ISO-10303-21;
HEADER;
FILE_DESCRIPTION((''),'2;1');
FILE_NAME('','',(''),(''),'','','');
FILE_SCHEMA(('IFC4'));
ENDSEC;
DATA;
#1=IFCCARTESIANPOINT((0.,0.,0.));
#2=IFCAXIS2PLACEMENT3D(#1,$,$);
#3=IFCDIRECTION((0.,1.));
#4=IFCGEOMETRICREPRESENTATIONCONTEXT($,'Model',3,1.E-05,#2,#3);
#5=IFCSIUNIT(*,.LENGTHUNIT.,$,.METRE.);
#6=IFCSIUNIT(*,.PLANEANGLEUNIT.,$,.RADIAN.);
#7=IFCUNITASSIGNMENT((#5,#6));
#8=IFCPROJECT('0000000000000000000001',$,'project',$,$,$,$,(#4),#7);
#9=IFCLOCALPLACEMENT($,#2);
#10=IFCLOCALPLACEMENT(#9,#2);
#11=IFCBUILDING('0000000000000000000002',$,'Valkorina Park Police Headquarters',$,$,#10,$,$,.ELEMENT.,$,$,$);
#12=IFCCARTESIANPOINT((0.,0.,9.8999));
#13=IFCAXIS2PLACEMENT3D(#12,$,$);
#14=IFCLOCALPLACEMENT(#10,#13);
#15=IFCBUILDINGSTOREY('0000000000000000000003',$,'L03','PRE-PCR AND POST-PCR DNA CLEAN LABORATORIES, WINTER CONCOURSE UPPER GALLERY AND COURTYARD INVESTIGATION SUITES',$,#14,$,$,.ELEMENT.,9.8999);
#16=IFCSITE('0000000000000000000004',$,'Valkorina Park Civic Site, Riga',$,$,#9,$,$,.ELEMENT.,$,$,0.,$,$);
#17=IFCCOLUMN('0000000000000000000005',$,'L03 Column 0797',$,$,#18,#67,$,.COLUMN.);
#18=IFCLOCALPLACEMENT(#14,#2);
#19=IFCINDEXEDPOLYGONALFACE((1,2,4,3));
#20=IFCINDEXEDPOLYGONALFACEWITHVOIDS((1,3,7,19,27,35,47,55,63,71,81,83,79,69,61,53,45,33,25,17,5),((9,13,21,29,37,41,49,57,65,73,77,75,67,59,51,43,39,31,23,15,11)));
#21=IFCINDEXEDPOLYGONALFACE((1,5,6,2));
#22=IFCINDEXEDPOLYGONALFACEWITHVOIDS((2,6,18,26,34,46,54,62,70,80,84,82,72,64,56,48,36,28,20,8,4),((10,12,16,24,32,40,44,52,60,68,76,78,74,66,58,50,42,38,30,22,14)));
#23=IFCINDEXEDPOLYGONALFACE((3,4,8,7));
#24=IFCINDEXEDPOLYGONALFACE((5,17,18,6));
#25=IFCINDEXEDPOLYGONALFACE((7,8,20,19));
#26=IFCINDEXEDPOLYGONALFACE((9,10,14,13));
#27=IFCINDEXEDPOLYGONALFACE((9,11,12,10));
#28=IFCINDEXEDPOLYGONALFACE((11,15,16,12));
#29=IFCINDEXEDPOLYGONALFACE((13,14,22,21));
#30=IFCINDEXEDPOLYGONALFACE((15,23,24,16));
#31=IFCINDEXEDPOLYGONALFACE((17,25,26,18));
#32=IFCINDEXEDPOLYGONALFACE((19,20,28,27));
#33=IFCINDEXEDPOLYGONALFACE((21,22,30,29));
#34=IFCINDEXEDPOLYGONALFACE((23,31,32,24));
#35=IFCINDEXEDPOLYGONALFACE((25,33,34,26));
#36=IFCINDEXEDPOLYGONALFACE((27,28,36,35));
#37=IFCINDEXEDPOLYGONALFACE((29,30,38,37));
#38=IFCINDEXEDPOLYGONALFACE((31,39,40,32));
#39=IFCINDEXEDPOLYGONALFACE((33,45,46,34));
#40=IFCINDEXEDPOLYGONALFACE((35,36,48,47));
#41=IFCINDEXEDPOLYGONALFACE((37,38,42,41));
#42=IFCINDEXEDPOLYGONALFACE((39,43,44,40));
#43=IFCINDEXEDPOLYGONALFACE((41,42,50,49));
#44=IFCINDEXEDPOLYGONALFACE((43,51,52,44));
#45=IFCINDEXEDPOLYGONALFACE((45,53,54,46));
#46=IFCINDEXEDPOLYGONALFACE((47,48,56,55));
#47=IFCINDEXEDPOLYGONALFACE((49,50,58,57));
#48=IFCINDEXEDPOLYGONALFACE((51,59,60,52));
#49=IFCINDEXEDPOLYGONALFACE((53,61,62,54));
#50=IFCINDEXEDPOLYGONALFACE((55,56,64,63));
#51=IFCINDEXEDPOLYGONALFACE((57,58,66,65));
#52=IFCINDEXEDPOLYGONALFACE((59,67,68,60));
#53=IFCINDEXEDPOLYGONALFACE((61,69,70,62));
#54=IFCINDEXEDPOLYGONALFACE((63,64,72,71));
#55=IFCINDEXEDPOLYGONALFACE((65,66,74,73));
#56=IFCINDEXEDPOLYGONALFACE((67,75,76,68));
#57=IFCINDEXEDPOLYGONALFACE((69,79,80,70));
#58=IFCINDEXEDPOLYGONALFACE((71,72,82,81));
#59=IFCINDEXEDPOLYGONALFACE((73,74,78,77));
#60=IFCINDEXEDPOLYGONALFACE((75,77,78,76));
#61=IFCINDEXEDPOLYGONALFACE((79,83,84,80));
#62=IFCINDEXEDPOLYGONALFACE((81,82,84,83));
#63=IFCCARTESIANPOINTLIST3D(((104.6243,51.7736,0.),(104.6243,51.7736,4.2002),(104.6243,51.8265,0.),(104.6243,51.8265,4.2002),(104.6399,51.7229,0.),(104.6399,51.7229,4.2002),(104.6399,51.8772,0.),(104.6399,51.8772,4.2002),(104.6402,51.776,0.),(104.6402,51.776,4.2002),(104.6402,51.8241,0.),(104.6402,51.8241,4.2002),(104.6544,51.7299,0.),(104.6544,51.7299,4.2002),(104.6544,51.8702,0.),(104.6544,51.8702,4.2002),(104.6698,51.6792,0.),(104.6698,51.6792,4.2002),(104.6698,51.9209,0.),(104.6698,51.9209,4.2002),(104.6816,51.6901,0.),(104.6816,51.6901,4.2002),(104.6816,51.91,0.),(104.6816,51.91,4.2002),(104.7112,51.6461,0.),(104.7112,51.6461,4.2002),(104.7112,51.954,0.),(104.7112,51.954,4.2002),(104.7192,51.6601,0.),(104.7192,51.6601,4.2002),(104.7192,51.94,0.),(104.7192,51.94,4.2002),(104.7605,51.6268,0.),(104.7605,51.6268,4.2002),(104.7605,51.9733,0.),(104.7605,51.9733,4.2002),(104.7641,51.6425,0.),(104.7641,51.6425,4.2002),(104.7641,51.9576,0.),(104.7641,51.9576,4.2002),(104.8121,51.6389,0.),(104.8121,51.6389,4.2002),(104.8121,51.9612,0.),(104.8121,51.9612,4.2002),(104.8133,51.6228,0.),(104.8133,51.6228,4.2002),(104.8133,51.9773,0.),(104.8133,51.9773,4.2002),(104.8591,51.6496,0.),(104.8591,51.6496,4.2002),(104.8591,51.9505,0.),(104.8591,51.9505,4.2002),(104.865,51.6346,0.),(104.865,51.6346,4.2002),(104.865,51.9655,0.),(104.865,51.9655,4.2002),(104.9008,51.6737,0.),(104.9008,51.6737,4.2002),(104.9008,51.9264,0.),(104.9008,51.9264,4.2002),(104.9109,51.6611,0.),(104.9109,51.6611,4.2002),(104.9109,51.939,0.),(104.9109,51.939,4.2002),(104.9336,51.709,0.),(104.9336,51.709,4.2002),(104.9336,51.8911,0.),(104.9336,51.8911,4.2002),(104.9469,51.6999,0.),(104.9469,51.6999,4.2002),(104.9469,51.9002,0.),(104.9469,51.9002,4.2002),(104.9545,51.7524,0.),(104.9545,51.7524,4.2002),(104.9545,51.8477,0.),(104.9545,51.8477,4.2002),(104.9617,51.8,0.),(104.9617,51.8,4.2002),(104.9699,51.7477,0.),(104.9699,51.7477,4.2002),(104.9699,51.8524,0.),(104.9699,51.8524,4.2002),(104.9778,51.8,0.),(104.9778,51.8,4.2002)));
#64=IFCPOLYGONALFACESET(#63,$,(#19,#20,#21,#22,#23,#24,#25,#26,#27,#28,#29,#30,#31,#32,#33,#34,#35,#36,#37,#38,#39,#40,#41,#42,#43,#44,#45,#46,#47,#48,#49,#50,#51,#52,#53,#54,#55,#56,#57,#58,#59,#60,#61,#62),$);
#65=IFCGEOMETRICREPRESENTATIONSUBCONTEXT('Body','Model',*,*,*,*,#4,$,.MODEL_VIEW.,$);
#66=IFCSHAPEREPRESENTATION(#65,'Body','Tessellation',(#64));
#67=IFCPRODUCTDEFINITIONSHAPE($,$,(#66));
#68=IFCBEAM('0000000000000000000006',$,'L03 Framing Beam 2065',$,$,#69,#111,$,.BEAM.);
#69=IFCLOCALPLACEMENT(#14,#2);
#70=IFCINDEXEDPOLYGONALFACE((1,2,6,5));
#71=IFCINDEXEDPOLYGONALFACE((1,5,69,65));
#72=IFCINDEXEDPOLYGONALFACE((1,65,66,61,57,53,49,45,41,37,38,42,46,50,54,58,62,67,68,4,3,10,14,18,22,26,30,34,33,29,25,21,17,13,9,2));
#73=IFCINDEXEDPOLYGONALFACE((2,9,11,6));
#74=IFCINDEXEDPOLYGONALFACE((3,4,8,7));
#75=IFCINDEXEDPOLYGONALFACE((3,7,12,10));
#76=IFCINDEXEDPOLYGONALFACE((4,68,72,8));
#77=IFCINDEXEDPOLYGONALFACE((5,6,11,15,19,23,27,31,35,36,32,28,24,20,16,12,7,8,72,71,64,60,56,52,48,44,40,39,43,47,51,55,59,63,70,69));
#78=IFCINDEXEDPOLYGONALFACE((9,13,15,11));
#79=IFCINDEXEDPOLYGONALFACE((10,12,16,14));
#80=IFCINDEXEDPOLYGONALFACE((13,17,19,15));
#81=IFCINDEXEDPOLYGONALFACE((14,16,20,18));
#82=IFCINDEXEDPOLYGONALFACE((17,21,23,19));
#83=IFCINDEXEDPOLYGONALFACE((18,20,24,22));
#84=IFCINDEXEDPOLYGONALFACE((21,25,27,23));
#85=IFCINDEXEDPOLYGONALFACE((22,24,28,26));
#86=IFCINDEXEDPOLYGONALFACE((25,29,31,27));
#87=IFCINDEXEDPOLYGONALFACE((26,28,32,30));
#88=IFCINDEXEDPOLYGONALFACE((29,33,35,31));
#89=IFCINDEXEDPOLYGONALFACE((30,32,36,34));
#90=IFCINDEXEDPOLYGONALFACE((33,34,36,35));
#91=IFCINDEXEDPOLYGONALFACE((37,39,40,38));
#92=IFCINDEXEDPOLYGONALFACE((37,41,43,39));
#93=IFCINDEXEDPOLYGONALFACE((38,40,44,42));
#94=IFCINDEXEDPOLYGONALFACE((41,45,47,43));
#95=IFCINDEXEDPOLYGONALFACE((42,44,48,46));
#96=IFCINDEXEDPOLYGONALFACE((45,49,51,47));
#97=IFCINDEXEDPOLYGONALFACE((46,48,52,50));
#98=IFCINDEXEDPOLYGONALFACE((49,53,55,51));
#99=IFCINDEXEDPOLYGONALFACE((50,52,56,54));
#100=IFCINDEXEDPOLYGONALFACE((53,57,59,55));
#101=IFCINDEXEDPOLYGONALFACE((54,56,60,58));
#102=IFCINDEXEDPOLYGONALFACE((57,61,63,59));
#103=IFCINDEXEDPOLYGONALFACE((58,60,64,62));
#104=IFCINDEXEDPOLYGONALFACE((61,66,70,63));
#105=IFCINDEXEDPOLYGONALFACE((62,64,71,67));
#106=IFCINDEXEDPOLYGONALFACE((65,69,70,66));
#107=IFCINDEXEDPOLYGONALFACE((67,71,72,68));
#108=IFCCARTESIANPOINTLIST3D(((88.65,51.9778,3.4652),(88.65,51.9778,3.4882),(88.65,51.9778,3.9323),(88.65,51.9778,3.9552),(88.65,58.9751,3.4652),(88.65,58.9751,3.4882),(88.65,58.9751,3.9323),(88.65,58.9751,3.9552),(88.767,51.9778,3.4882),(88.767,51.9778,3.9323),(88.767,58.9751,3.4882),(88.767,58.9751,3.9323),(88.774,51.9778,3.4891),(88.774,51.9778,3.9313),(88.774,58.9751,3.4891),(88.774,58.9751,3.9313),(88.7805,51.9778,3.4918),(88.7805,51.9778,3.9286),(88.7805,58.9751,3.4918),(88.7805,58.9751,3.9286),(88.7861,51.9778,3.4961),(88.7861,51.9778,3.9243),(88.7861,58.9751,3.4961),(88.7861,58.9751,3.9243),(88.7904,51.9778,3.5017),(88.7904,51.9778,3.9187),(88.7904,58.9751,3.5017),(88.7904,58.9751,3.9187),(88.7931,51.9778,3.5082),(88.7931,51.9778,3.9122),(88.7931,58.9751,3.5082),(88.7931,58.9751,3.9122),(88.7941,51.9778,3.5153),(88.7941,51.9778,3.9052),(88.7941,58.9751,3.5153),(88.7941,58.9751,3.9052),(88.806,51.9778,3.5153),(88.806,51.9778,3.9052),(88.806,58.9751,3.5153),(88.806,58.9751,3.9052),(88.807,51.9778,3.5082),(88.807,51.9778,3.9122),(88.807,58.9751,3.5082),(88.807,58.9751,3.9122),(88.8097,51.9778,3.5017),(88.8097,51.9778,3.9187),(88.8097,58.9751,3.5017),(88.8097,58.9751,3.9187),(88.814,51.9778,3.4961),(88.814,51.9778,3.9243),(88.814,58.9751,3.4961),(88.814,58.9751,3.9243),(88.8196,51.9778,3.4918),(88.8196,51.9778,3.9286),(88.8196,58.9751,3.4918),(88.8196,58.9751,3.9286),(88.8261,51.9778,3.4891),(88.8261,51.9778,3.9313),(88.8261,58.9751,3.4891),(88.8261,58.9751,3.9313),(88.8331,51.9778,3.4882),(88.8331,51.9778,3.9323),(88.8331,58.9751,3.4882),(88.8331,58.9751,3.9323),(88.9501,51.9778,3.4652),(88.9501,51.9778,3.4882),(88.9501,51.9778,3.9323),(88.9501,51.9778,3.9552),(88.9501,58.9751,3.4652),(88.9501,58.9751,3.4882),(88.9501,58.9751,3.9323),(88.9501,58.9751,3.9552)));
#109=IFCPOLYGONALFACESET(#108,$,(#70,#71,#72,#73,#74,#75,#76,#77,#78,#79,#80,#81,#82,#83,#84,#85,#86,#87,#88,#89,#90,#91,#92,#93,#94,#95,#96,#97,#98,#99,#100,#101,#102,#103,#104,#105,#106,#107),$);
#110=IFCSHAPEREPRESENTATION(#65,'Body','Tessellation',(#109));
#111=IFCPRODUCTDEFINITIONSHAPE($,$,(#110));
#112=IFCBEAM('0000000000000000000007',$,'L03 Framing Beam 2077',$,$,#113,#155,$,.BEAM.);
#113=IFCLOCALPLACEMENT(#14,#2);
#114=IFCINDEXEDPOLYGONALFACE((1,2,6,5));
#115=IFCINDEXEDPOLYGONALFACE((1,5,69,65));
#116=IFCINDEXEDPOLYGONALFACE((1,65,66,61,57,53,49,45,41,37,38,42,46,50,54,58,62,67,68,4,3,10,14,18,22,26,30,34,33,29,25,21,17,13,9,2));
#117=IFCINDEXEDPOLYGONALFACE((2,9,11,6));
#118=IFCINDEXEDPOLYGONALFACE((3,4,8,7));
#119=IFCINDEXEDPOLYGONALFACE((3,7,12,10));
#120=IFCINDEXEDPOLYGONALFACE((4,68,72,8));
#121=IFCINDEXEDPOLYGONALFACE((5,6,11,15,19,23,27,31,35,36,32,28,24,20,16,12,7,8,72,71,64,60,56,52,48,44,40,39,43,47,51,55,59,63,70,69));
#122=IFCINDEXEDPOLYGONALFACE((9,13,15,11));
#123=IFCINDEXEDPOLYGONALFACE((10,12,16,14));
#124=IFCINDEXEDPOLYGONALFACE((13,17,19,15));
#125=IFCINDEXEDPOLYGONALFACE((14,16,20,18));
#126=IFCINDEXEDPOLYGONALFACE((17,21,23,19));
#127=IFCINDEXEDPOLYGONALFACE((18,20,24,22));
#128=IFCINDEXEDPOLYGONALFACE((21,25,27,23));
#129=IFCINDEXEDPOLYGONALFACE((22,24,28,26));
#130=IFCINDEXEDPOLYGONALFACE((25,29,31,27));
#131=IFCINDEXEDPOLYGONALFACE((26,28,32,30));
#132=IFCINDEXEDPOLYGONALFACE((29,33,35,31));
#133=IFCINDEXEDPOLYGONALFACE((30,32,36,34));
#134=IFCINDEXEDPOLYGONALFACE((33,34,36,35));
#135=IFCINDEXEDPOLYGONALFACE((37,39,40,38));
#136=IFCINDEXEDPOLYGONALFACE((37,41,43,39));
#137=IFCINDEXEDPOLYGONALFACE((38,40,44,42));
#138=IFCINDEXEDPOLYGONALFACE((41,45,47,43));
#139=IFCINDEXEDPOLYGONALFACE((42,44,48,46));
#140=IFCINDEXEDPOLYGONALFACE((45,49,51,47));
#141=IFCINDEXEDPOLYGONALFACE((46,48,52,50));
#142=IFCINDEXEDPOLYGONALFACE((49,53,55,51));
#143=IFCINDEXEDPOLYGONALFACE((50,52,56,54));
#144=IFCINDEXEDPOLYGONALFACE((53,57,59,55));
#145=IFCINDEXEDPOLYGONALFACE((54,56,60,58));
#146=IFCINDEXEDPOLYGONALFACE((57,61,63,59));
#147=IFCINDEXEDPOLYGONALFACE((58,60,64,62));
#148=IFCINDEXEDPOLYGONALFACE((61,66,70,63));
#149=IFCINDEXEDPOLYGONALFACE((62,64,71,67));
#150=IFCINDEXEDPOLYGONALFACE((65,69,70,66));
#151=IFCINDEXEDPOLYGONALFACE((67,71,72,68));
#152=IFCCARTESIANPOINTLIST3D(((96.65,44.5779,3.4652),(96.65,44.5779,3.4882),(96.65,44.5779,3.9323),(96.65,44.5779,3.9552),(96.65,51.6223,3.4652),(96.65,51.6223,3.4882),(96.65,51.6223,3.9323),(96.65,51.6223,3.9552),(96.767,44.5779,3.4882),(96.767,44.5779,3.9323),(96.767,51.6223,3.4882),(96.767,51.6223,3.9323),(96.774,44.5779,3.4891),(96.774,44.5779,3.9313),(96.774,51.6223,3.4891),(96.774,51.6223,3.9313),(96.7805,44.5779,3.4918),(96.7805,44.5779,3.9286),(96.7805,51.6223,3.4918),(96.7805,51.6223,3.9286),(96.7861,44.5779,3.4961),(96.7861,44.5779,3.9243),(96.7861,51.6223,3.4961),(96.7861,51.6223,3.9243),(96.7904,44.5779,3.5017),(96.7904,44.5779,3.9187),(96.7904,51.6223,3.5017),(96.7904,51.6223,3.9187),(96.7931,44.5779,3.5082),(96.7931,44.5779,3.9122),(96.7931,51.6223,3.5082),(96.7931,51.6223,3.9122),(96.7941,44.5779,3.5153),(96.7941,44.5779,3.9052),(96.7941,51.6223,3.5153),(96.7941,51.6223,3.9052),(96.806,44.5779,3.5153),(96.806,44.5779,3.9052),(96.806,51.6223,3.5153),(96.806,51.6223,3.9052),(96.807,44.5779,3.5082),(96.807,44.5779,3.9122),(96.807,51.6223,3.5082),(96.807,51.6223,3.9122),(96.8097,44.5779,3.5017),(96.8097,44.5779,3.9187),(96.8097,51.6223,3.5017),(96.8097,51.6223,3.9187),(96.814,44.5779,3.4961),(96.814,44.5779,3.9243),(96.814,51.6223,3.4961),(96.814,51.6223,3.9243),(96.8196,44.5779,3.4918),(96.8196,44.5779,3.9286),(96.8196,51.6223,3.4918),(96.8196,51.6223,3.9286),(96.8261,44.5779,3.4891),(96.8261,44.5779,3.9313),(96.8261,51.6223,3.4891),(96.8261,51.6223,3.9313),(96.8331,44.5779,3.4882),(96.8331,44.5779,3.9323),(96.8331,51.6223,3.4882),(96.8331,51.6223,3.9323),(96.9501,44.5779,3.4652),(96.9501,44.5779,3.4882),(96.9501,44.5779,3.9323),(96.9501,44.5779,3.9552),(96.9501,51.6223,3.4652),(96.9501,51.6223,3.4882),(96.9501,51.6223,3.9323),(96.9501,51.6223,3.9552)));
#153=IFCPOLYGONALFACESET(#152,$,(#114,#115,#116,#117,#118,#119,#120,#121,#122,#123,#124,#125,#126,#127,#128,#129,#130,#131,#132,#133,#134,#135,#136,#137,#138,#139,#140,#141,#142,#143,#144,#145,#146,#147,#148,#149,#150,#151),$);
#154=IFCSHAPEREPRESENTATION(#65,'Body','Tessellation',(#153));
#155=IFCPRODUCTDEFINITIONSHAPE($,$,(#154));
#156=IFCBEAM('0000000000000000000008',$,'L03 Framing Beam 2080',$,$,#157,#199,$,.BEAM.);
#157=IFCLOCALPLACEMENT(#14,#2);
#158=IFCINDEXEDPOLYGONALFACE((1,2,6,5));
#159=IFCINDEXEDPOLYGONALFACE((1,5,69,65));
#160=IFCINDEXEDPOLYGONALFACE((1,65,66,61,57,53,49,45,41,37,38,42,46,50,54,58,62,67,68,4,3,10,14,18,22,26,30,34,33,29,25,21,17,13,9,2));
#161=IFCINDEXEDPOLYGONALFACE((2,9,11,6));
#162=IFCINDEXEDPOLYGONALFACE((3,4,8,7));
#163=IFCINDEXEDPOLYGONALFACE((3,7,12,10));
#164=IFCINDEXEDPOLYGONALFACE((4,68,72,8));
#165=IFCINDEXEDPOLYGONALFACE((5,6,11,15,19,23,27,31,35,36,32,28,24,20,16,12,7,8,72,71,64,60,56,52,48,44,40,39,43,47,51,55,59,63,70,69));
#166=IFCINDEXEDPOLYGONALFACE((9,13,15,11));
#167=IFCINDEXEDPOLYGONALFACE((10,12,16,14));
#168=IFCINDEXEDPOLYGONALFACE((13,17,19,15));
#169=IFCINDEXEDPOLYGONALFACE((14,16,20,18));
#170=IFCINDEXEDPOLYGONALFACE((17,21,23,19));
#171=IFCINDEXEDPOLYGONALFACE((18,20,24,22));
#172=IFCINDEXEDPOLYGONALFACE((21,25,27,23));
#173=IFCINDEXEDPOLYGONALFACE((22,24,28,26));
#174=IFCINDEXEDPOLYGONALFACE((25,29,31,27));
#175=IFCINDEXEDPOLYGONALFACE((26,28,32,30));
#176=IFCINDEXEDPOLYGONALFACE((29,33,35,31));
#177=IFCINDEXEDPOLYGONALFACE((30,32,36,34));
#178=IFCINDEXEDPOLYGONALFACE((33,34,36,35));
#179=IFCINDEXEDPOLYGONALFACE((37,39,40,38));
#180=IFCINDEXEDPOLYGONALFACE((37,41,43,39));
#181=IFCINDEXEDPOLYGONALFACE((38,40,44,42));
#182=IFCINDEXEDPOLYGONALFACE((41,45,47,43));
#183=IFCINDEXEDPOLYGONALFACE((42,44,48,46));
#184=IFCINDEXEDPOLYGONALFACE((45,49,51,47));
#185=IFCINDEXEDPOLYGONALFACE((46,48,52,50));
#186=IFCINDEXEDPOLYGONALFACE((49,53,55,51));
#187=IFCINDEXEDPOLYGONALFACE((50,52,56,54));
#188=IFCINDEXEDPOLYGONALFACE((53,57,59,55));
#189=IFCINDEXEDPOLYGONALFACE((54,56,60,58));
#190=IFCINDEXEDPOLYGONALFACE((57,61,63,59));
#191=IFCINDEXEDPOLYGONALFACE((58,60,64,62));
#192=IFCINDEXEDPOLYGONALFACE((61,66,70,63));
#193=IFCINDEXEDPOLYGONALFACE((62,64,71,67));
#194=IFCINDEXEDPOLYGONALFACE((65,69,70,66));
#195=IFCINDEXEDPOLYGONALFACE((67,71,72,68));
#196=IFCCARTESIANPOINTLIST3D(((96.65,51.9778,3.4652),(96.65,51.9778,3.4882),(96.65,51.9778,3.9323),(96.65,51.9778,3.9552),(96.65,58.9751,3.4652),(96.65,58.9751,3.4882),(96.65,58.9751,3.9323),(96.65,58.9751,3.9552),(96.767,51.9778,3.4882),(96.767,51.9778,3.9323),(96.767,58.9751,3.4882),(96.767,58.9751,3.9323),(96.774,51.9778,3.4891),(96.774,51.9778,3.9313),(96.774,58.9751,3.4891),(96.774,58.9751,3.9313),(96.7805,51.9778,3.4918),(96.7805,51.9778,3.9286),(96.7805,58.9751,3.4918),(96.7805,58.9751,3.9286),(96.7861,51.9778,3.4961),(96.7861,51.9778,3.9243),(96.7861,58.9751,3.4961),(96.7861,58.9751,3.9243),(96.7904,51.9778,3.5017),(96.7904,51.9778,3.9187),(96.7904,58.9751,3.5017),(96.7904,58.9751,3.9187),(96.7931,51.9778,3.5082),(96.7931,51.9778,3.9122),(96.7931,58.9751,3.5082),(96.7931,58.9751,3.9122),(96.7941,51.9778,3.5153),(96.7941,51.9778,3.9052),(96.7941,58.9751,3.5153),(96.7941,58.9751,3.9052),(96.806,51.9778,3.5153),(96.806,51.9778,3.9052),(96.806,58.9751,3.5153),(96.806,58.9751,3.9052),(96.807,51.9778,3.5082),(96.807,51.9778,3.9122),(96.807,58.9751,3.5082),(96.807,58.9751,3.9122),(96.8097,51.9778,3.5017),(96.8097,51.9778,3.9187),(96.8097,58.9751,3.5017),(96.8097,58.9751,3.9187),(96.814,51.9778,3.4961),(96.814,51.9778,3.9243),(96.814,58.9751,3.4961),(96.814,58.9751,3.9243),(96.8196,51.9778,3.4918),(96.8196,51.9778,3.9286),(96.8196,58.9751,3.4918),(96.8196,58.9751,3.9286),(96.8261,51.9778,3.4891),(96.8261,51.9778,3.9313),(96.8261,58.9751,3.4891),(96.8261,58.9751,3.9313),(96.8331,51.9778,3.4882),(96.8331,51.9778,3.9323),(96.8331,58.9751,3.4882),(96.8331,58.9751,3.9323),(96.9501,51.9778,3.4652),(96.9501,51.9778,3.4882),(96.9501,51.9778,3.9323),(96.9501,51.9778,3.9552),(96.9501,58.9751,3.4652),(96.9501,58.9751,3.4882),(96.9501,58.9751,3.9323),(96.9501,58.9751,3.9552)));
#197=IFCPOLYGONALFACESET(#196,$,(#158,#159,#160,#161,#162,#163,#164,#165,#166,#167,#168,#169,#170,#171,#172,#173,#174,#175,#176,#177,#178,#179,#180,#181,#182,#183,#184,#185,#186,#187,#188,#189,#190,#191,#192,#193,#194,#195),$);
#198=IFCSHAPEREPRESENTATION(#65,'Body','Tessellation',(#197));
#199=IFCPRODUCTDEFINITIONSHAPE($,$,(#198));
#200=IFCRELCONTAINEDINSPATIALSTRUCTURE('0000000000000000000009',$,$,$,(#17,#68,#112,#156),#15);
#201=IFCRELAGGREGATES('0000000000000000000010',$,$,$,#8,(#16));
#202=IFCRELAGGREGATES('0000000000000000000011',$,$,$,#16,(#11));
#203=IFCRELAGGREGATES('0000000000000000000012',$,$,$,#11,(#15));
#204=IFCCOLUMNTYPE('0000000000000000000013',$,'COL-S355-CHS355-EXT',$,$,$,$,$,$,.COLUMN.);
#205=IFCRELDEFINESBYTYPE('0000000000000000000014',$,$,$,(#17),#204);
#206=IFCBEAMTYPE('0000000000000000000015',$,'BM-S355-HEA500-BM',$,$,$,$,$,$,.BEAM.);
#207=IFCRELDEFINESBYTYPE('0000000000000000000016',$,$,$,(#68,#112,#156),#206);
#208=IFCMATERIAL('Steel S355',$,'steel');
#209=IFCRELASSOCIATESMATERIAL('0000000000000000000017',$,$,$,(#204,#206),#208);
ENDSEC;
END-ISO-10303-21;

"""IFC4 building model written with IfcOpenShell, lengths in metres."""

from ifc_helpers import new_model, si_unit, direction, frame, origin, origin_2d, place, context, subcontext, project, spatial, hollow_circle, i_section, extrude, material, material_profile, profile_set, type_object, element, save


model = new_model("IFC4")

# Units and contexts
model_context = context("Model", 3, precision=1e-05, world=origin(), true_north=direction((0.0, 1.0)))
body_context = subcontext(model_context, "Body", "Model", "MODEL_VIEW")
ifc_project = project(units=[si_unit("LENGTHUNIT", "METRE"), si_unit("PLANEANGLEUNIT", "RADIAN")], contexts=[model_context])

# Site, building, storey
site_placement = place(None, origin())
site = spatial("IfcSite", under=ifc_project, at=site_placement, Name="Valkorina Park Civic Site, Riga", CompositionType="ELEMENT", RefElevation=0.0)
building_placement = place(site_placement, origin())
building = spatial("IfcBuilding", under=site, at=building_placement, Name="Valkorina Park Police Headquarters", CompositionType="ELEMENT")
storey_placement = place(building_placement, frame((0.0, 0.0, 9.8999)))
storey = spatial("IfcBuildingStorey", under=building, at=storey_placement, Name="L03", Description="PRE-PCR AND POST-PCR DNA CLEAN LABORATORIES, WINTER CONCOURSE UPPER GALLERY AND COURTYARD INVESTIGATION SUITES", CompositionType="ELEMENT", Elevation=9.8999)

# Column
ifc_material_1 = material(Name="Steel S355", Category="steel")
ifc_material_profile_1 = material_profile(ifc_material_1, hollow_circle(Radius=0.1777, WallThickness=0.0161, at=origin_2d()), Name="CHS 355.6x16")
ifc_profile_set_1 = profile_set([ifc_material_profile_1], Name="Steel S355")
column_type = type_object("IfcColumnType", Name="COL-S355-CHS355-EXT", PredefinedType="COLUMN", material=ifc_profile_set_1)
for number, where, z_axis, x_axis, name in (
    (1, (104.8, 51.8, 0.0), (0.0, 0.0, 1.0), (1.0, 0.0, 0.0), "L03 Column 0797"),
):
    element("IfcColumn", number, at=place(storey_placement, frame(where, z_axis=z_axis, x_axis=x_axis)), inside=storey, type_object=column_type, Name=name, PredefinedType="COLUMN", context=body_context, shape_type="SweptSolid", body=[
        extrude(hollow_circle(Radius=0.1777, WallThickness=0.0161, at=origin_2d()), origin(), (0.0, 0.0, 1.0), 4.2002),
    ])

# Beams
ifc_material_profile_2 = material_profile(ifc_material_1, i_section(OverallWidth=0.3, OverallDepth=0.49, WebThickness=0.012, FlangeThickness=0.0229, FilletRadius=0.0271, at=origin_2d()), Name="HEA 500")
ifc_profile_set_2 = profile_set([ifc_material_profile_2], Name="Steel S355")
beam_type_1 = type_object("IfcBeamType", Name="BM-S355-HEA500-BM", PredefinedType="BEAM", material=ifc_profile_set_2)
beam_1_placement = place(storey_placement, frame((88.8, 51.9778, 3.7102), z_axis=(0.0, 1.0, 0.0), x_axis=(-1.0, 0.0, 0.0)))
element("IfcBeam", 2, at=beam_1_placement, inside=storey, type_object=beam_type_1, Name="L03 Framing Beam 2065", PredefinedType="BEAM", context=body_context, shape_type="SweptSolid", body=[
    extrude(i_section(OverallWidth=0.3, OverallDepth=0.49, WebThickness=0.012, FlangeThickness=0.0229, FilletRadius=0.0271, at=origin_2d()), origin(), (0.0, 0.0, 1.0), 6.9973),
])
beam_2_placement = place(storey_placement, frame((96.8, 44.5779, 3.7102), z_axis=(0.0, 1.0, 0.0), x_axis=(-1.0, 0.0, 0.0)))
element("IfcBeam", 3, at=beam_2_placement, inside=storey, type_object=beam_type_1, Name="L03 Framing Beam 2077", PredefinedType="BEAM", context=body_context, shape_type="SweptSolid", body=[
    extrude(i_section(OverallWidth=0.3, OverallDepth=0.49, WebThickness=0.012, FlangeThickness=0.0229, FilletRadius=0.0271, at=origin_2d()), origin(), (0.0, 0.0, 1.0), 7.0444),
])
beam_3_placement = place(storey_placement, frame((96.8, 51.9778, 3.7102), z_axis=(0.0, 1.0, 0.0), x_axis=(-1.0, 0.0, 0.0)))
element("IfcBeam", 4, at=beam_3_placement, inside=storey, type_object=beam_type_1, Name="L03 Framing Beam 2080", PredefinedType="BEAM", context=body_context, shape_type="SweptSolid", body=[
    extrude(i_section(OverallWidth=0.3, OverallDepth=0.49, WebThickness=0.012, FlangeThickness=0.0229, FilletRadius=0.0271, at=origin_2d()), origin(), (0.0, 0.0, 1.0), 6.9973),
])

save(model, "model.ifc")
